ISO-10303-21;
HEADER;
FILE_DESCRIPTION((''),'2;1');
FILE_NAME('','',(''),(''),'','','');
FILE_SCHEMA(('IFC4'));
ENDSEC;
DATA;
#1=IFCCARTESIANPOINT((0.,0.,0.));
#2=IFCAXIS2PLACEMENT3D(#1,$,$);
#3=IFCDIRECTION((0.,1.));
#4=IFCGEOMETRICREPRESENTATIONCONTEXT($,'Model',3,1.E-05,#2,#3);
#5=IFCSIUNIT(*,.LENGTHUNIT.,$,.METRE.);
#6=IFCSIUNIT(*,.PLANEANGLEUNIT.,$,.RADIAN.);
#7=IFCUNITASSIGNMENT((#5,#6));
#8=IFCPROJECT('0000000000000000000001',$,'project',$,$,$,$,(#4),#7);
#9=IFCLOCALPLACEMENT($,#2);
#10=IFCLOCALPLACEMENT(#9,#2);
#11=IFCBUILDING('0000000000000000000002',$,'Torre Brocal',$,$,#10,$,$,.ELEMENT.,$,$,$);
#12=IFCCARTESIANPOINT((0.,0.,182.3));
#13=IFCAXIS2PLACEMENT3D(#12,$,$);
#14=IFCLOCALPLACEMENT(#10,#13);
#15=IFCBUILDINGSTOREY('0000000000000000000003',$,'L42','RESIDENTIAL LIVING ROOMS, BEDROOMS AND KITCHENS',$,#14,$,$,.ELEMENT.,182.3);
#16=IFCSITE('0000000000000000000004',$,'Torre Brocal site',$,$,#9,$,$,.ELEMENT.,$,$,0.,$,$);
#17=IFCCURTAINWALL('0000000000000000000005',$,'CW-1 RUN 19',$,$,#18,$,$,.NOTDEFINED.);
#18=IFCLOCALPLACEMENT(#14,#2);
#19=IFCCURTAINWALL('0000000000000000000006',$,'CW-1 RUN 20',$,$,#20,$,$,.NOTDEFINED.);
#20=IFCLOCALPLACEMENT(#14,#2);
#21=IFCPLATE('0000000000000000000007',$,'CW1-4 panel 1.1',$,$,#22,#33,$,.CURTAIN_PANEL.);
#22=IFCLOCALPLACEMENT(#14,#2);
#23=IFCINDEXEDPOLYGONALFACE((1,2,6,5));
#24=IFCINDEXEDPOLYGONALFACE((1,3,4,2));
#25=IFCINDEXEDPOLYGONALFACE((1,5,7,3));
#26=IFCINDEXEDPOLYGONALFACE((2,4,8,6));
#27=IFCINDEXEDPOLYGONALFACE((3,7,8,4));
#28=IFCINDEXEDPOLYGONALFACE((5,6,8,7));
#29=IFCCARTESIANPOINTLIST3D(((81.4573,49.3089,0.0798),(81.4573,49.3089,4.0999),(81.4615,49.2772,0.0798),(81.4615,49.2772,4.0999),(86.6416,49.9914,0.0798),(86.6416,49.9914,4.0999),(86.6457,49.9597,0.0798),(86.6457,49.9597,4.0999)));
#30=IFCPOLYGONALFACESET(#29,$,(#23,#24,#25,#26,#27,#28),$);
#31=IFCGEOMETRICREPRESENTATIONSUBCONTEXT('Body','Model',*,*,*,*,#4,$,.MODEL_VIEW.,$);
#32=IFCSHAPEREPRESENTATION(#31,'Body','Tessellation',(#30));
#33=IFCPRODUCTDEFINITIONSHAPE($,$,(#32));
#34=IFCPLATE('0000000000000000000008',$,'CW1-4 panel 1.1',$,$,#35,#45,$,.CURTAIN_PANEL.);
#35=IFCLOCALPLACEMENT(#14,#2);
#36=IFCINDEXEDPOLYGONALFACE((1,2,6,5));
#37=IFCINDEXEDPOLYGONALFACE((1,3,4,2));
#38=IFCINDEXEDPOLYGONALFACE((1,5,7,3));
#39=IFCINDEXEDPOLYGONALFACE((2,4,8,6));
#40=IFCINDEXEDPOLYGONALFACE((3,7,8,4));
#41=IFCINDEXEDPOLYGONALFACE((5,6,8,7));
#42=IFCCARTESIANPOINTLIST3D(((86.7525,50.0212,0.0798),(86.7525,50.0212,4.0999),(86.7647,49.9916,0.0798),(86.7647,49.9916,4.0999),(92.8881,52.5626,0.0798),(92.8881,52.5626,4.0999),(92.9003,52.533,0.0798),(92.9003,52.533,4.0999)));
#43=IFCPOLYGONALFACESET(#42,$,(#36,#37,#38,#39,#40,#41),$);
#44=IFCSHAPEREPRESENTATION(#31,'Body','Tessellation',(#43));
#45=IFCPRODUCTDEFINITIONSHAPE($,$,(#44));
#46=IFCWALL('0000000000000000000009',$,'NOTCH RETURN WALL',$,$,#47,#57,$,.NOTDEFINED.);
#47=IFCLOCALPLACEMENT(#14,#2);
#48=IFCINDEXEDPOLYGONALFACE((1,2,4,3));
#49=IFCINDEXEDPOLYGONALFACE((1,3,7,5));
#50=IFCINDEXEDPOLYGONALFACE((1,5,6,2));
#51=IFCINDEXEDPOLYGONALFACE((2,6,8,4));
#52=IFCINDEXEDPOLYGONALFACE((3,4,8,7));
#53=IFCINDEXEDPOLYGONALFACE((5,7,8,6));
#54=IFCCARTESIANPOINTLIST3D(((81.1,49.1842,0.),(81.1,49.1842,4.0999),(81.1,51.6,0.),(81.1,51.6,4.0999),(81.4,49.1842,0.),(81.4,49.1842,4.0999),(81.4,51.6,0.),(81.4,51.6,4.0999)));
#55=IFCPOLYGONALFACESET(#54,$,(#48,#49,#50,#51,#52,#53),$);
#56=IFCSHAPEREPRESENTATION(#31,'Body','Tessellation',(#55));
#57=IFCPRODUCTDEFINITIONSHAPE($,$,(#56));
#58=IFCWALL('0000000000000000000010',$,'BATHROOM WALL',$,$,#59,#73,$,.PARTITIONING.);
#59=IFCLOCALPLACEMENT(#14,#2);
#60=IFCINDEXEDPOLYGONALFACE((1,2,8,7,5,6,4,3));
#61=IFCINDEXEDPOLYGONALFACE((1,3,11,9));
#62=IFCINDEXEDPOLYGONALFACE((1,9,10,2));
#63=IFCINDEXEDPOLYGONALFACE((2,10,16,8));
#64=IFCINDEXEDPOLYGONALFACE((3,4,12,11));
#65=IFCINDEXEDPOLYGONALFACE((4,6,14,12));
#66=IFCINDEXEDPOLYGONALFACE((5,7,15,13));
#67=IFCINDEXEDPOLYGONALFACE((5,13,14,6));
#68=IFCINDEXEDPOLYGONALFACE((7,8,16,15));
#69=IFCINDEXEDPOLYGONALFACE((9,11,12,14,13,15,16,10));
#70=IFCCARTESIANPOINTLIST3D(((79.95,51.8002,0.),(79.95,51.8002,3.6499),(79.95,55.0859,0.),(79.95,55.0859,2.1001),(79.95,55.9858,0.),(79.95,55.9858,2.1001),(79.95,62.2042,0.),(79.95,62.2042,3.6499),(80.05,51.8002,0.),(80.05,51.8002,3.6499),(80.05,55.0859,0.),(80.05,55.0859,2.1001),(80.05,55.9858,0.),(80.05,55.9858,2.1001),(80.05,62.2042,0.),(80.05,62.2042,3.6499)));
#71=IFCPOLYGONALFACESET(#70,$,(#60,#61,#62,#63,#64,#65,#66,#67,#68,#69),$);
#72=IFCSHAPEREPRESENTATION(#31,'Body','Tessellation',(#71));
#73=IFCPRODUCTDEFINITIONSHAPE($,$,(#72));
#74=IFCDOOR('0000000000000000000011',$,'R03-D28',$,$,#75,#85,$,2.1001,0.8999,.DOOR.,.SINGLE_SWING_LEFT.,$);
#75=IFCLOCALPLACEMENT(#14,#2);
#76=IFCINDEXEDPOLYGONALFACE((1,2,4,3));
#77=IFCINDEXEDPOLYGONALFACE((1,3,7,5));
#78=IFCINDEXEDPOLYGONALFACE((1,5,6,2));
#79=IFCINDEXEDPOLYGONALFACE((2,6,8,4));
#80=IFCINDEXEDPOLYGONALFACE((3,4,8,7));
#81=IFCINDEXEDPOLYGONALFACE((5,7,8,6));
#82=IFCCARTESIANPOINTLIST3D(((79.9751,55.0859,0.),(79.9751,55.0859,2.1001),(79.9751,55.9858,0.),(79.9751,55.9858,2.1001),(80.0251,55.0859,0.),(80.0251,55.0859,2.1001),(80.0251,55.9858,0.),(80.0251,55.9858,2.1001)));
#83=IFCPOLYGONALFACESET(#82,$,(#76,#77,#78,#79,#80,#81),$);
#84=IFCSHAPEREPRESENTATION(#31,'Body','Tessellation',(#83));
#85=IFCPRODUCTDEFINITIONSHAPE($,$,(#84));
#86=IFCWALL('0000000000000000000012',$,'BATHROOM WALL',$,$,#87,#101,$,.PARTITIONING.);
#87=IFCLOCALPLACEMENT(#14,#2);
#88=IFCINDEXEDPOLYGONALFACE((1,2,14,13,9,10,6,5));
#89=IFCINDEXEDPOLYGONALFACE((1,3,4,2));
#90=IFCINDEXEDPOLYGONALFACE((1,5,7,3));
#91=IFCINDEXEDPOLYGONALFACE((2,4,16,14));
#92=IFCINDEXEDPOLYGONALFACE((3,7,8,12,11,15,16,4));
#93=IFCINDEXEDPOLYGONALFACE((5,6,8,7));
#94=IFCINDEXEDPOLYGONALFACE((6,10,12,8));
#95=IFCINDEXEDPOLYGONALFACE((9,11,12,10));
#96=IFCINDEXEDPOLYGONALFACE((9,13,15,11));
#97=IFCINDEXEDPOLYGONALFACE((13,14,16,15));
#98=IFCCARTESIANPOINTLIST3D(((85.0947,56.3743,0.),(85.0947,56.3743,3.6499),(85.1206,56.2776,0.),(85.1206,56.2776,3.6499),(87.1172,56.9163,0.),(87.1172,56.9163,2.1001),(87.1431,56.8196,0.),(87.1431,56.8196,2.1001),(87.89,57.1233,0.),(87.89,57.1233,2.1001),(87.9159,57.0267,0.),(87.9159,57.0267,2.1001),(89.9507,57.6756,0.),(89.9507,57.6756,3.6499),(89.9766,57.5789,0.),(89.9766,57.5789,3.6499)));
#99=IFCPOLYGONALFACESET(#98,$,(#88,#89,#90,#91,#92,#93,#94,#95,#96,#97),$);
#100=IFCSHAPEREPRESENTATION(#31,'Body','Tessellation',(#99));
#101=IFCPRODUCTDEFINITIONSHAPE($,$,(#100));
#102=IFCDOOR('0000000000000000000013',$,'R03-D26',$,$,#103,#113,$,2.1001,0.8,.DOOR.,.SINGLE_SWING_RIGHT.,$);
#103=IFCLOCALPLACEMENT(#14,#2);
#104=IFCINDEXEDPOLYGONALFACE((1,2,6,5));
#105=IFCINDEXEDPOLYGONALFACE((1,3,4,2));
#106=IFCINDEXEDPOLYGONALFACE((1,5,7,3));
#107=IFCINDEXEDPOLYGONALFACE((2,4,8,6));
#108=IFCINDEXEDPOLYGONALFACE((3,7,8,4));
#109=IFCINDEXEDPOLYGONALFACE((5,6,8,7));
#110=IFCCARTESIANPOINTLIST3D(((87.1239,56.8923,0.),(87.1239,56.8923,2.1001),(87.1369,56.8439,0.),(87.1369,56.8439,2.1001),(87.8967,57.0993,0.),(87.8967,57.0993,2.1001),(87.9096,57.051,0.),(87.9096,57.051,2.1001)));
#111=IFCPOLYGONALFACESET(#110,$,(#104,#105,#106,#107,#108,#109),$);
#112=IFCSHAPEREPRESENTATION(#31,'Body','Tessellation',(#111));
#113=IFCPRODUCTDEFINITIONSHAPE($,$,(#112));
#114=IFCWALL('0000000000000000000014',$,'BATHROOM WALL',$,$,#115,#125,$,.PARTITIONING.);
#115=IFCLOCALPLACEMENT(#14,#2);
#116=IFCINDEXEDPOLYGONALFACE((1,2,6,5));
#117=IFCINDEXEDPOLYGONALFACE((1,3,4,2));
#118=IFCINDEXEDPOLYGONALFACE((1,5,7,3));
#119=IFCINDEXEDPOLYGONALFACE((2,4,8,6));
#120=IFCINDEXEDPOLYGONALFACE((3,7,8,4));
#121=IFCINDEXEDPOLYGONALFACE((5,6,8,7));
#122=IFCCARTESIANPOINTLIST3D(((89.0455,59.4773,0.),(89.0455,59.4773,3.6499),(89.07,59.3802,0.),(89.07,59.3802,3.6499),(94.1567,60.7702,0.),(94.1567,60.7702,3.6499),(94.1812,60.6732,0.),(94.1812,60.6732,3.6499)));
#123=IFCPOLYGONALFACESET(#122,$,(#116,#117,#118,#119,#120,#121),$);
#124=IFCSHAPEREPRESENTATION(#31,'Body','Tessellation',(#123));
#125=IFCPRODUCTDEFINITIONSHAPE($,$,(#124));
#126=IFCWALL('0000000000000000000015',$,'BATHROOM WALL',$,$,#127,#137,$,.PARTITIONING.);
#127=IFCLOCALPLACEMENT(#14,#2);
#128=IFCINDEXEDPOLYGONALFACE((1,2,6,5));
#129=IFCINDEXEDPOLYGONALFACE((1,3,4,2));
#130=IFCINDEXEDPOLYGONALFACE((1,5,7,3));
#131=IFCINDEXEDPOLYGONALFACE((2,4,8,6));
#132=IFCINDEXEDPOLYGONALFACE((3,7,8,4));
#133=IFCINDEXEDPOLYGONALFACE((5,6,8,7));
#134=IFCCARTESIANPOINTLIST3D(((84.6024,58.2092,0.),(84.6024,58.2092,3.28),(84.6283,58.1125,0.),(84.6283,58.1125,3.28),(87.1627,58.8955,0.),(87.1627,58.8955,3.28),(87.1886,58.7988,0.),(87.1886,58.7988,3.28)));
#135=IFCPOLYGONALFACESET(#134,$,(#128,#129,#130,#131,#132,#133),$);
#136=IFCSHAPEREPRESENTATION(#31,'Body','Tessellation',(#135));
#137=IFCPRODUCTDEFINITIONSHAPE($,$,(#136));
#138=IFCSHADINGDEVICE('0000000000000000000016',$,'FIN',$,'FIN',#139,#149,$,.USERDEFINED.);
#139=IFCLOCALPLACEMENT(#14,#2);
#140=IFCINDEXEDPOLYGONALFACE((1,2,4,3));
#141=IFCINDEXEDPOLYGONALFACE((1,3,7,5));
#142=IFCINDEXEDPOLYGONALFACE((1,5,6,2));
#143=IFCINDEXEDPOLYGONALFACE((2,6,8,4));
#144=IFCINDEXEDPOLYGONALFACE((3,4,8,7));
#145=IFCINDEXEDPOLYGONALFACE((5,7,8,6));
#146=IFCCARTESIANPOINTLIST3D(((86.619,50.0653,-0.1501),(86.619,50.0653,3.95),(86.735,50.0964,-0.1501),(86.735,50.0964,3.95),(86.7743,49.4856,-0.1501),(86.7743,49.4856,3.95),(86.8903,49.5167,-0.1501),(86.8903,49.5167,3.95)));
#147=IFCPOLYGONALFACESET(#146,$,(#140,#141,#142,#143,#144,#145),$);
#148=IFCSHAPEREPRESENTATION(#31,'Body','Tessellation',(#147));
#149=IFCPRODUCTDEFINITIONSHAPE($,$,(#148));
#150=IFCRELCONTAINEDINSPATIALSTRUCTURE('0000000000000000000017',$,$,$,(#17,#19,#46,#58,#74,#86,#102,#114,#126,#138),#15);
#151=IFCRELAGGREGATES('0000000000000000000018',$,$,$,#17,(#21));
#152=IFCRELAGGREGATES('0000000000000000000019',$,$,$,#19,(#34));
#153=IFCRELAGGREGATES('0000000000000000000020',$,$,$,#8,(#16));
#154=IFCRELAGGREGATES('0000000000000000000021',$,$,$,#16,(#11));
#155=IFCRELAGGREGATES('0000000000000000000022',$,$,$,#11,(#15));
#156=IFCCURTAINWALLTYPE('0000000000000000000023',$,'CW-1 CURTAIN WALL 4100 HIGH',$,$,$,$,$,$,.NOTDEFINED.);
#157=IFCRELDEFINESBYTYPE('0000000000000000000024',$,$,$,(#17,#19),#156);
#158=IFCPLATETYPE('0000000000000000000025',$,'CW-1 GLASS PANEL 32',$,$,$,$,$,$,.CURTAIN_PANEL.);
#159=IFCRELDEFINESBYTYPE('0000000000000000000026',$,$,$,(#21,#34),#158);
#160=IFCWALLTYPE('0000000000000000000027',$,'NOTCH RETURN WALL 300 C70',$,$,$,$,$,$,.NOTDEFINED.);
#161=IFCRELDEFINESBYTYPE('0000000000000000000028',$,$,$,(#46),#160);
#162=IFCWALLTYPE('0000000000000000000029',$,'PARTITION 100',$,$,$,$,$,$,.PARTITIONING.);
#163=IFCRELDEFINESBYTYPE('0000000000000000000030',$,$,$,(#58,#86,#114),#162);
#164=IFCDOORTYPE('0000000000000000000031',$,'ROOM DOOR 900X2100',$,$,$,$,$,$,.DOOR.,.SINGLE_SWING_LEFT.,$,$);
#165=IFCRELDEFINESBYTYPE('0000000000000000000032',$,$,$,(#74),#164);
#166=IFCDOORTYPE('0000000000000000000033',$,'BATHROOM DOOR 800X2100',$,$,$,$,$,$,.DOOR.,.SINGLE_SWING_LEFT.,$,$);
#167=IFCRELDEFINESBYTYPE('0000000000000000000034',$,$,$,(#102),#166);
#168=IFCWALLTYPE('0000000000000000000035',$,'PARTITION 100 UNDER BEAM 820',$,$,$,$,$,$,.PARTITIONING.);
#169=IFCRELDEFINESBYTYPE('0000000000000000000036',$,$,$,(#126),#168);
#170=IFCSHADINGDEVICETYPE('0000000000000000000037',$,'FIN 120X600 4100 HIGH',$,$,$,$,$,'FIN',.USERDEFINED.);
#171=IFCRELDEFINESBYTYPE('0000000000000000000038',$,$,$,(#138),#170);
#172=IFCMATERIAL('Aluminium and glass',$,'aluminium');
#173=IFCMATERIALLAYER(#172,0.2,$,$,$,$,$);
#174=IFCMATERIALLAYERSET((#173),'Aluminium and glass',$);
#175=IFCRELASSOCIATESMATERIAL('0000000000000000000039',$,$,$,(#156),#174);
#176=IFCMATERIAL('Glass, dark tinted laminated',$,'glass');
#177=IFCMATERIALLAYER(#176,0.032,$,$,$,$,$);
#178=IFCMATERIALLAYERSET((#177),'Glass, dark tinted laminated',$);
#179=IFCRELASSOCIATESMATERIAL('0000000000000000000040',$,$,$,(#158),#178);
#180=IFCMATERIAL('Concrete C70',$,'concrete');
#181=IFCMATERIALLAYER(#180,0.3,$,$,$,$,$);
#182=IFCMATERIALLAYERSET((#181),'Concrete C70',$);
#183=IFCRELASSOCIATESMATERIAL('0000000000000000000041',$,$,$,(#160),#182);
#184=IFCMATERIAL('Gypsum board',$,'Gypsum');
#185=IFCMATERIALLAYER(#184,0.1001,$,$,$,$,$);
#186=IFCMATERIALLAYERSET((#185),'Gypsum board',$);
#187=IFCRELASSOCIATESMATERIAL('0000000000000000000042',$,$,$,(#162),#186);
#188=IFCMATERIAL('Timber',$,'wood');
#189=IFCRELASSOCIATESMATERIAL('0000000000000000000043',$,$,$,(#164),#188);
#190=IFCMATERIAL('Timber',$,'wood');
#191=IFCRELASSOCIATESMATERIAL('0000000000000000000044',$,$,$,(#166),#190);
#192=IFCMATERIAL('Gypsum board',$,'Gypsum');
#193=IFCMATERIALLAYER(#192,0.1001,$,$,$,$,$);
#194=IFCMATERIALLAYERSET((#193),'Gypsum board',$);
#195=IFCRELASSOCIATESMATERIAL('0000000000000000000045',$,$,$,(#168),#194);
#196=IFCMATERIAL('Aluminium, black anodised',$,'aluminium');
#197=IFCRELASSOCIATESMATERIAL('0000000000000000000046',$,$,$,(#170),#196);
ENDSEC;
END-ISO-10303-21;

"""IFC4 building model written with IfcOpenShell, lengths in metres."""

from ifc_helpers import new_model, si_unit, direction, frame, frame_2d, origin, origin_2d, place, context, subcontext, project, spatial, rectangle, extrude, material, layer, layer_set, material_profile, profile_set, type_object, element, fill, aggregate, save


model = new_model("IFC4")

# Units and contexts
model_context = context("Model", 3, precision=1e-05, world=origin(), true_north=direction((0.0, 1.0)))
body_context = subcontext(model_context, "Body", "Model", "MODEL_VIEW")
ifc_project = project(units=[si_unit("LENGTHUNIT", "METRE"), si_unit("PLANEANGLEUNIT", "RADIAN")], contexts=[model_context])

# Site, building, storey
site_placement = place(None, origin())
site = spatial("IfcSite", under=ifc_project, at=site_placement, Name="Torre Brocal site", CompositionType="ELEMENT", RefElevation=0.0)
building_placement = place(site_placement, origin())
building = spatial("IfcBuilding", under=site, at=building_placement, Name="Torre Brocal", CompositionType="ELEMENT")
storey_placement = place(building_placement, frame((0.0, 0.0, 182.3)))
storey = spatial("IfcBuildingStorey", under=building, at=storey_placement, Name="L42", Description="RESIDENTIAL LIVING ROOMS, BEDROOMS AND KITCHENS", CompositionType="ELEMENT", Elevation=182.3)

# Curtain wall
ifc_material_1 = material(Name="Aluminium and glass", Category="aluminium")
ifc_layer_1 = layer(ifc_material_1, 0.2)
ifc_layer_set_1 = layer_set([ifc_layer_1], Name="Aluminium and glass")
curtain_wall_type = type_object("IfcCurtainWallType", Name="CW-1 CURTAIN WALL 4100 HIGH", PredefinedType="NOTDEFINED", material=ifc_layer_set_1)
curtain_wall_1_placement = place(storey_placement, origin())
curtain_wall_1 = element("IfcCurtainWall", 1, at=curtain_wall_1_placement, inside=storey, type_object=curtain_wall_type, Name="CW-1 RUN 19", PredefinedType="NOTDEFINED")

# Curtain wall
curtain_wall_2_placement = place(storey_placement, origin())
curtain_wall_2 = element("IfcCurtainWall", 2, at=curtain_wall_2_placement, inside=storey, type_object=curtain_wall_type, Name="CW-1 RUN 20", PredefinedType="NOTDEFINED")

# Plates
ifc_material_2 = material(Name="Glass, dark tinted laminated", Category="glass")
ifc_layer_2 = layer(ifc_material_2, 0.032)
ifc_layer_set_2 = layer_set([ifc_layer_2], Name="Glass, dark tinted laminated")
plate_type = type_object("IfcPlateType", Name="CW-1 GLASS PANEL 32", PredefinedType="CURTAIN_PANEL", material=ifc_layer_set_2)
plate_1_placement = place(storey_placement, frame((84.0515, 49.6343, 0.0798), z_axis=(0.0, 0.0, 1.0), x_axis=(0.991445, 0.130526, 0.0)))
plate_1 = element("IfcPlate", 3, at=plate_1_placement, type_object=plate_type, Name="CW1-4 panel 1.1", PredefinedType="CURTAIN_PANEL", context=body_context, shape_type="SweptSolid", body=[
    extrude(rectangle(XDim=5.229, YDim=0.032, at=origin_2d()), origin(), (0.0, 0.0, 1.0), 4.02),
])
aggregate(curtain_wall_1, [plate_1])
plate_2_placement = place(storey_placement, frame((89.8264, 51.2771, 0.0798), z_axis=(0.0, 0.0, 1.0), x_axis=(0.92388, 0.382683, 0.0)))
plate_2 = element("IfcPlate", 4, at=plate_2_placement, type_object=plate_type, Name="CW1-4 panel 1.1", PredefinedType="CURTAIN_PANEL", context=body_context, shape_type="SweptSolid", body=[
    extrude(rectangle(XDim=6.6411, YDim=0.032, at=origin_2d()), origin(), (0.0, 0.0, 1.0), 4.02),
])
aggregate(curtain_wall_2, [plate_2])

# Wall
ifc_material_3 = material(Name="Concrete C70", Category="concrete")
ifc_layer_3 = layer(ifc_material_3, 0.3)
ifc_layer_set_3 = layer_set([ifc_layer_3], Name="Concrete C70")
wall_type_1 = type_object("IfcWallType", Name="NOTCH RETURN WALL 300 C70", PredefinedType="NOTDEFINED", material=ifc_layer_set_3)
wall_1_placement = place(storey_placement, frame((81.25, 51.6001, 0.0), z_axis=(0.0, 0.0, 1.0), x_axis=(0.0, -1.0, 0.0)))
element("IfcWall", 5, at=wall_1_placement, inside=storey, type_object=wall_type_1, Name="NOTCH RETURN WALL", PredefinedType="NOTDEFINED", context=body_context, shape_type="SweptSolid", body=[
    extrude(rectangle(XDim=2.4158, YDim=0.3, at=frame_2d((1.208, 0.0))), origin(), (0.0, 0.0, 1.0), 4.0999),
])

# Walls, openings, doors
ifc_material_4 = material(Name="Gypsum board", Category="Gypsum")
ifc_layer_4 = layer(ifc_material_4, 0.1001)
ifc_layer_set_4 = layer_set([ifc_layer_4], Name="Gypsum board")
wall_type_2 = type_object("IfcWallType", Name="PARTITION 100", PredefinedType="PARTITIONING", material=ifc_layer_set_4)
wall_2_placement = place(storey_placement, frame((80.0, 51.8, 0.0), z_axis=(0.0, 0.0, 1.0), x_axis=(0.0, 1.0, 0.0)))
wall_2 = element("IfcWall", 6, at=wall_2_placement, inside=storey, type_object=wall_type_2, Name="BATHROOM WALL", PredefinedType="PARTITIONING", context=body_context, shape_type="SweptSolid", body=[
    extrude(rectangle(XDim=10.4041, YDim=0.1001, at=frame_2d((5.2021, 0.0))), origin(), (0.0, 0.0, 1.0), 3.6499),
])
opening_1_placement = place(wall_2_placement, frame((3.2859, 0.0, 0.0)))
opening_1 = element("IfcOpeningElement", 7, at=opening_1_placement, cuts=wall_2, PredefinedType="OPENING", context=body_context, shape_type="SweptSolid", body=[
    extrude(rectangle(XDim=0.8999, YDim=2.1001, at=frame_2d((0.45, 1.05))), frame((0.0, 0.0601, 0.0), z_axis=(0.0, -1.0, 0.0), x_axis=(1.0, 0.0, 0.0)), (0.0, 0.0, 1.0), 0.1201),
])
ifc_material_5 = material(Name="Timber", Category="wood")
door_type_1 = type_object("IfcDoorType", Name="ROOM DOOR 900X2100", OperationType="SINGLE_SWING_LEFT", PredefinedType="DOOR", material=ifc_material_5)
door_1_placement = place(opening_1_placement, origin())
door_1 = element("IfcDoor", 8, at=door_1_placement, inside=storey, type_object=door_type_1, Name="R03-D28", OperationType="SINGLE_SWING_LEFT", OverallHeight=2.1001, OverallWidth=0.8999, PredefinedType="DOOR", context=body_context, shape_type="SweptSolid", body=[
    extrude(rectangle(XDim=0.8999, YDim=2.1001, at=frame_2d((0.45, 1.05))), frame((0.0, 0.0249, 0.0), z_axis=(0.0, -1.0, 0.0), x_axis=(1.0, 0.0, 0.0)), (0.0, 0.0, 1.0), 0.05),
])
fill(opening_1, door_1)
wall_3_placement = place(storey_placement, frame((85.1077, 56.3259, 0.0), z_axis=(0.0, 0.0, 1.0), x_axis=(0.96592, 0.258841, 0.0)))
wall_3 = element("IfcWall", 9, at=wall_3_placement, inside=storey, type_object=wall_type_2, Name="BATHROOM WALL", PredefinedType="PARTITIONING", context=body_context, shape_type="SweptSolid", body=[
    extrude(rectangle(XDim=5.0273, YDim=0.1001, at=frame_2d((2.5137, 0.0))), origin(), (0.0, 0.0, 1.0), 3.6499),
])
opening_2_placement = place(wall_3_placement, frame((2.094, 0.0, 0.0)))
opening_2 = element("IfcOpeningElement", 10, at=opening_2_placement, cuts=wall_3, PredefinedType="OPENING", context=body_context, shape_type="SweptSolid", body=[
    extrude(rectangle(XDim=0.8, YDim=2.1001, at=frame_2d((0.3999, 1.05))), frame((0.0, 0.0601, 0.0), z_axis=(0.0, -1.0, 0.0), x_axis=(1.0, 0.0, 0.0)), (0.0, 0.0, 1.0), 0.1201),
])
ifc_material_6 = material(Name="Timber", Category="wood")
door_type_2 = type_object("IfcDoorType", Name="BATHROOM DOOR 800X2100", OperationType="SINGLE_SWING_LEFT", PredefinedType="DOOR", material=ifc_material_6)
door_2_placement = place(opening_2_placement, frame((0.8, 0.0, 0.0), z_axis=(0.0, 0.0, 1.0), x_axis=(-1.0, 0.0, 0.0)))
door_2 = element("IfcDoor", 11, at=door_2_placement, inside=storey, type_object=door_type_2, Name="R03-D26", OperationType="SINGLE_SWING_RIGHT", OverallHeight=2.1001, OverallWidth=0.8, PredefinedType="DOOR", context=body_context, shape_type="SweptSolid", body=[
    extrude(rectangle(XDim=0.8, YDim=2.1001, at=frame_2d((0.3999, 1.05))), frame((0.0, 0.0249, 0.0), z_axis=(0.0, -1.0, 0.0), x_axis=(1.0, 0.0, 0.0)), (0.0, 0.0, 1.0), 0.05),
])
fill(opening_2, door_2)

# Walls
wall_4_placement = place(storey_placement, frame((89.0576, 59.4287, 0.0), z_axis=(0.0, 0.0, 1.0), x_axis=(0.969463, 0.245237, 0.0)))
element("IfcWall", 12, at=wall_4_placement, inside=storey, type_object=wall_type_2, Name="BATHROOM WALL", PredefinedType="PARTITIONING", context=body_context, shape_type="SweptSolid", body=[
    extrude(rectangle(XDim=5.2722, YDim=0.1001, at=frame_2d((2.6362, 0.0))), origin(), (0.0, 0.0, 1.0), 3.6499),
])
ifc_material_7 = material(Name="Gypsum board", Category="Gypsum")
ifc_layer_5 = layer(ifc_material_7, 0.1001)
ifc_layer_set_5 = layer_set([ifc_layer_5], Name="Gypsum board")
wall_type_3 = type_object("IfcWallType", Name="PARTITION 100 UNDER BEAM 820", PredefinedType="PARTITIONING", material=ifc_layer_set_5)
wall_5_placement = place(storey_placement, frame((84.6155, 58.1609, 0.0), z_axis=(0.0, 0.0, 1.0), x_axis=(0.965902, 0.258906, 0.0)))
element("IfcWall", 13, at=wall_5_placement, inside=storey, type_object=wall_type_3, Name="BATHROOM WALL", PredefinedType="PARTITIONING", context=body_context, shape_type="SweptSolid", body=[
    extrude(rectangle(XDim=2.6506, YDim=0.1001, at=frame_2d((1.3252, 0.0))), origin(), (0.0, 0.0, 1.0), 3.28),
])

# Shading device
ifc_material_8 = material(Name="Aluminium, black anodised", Category="aluminium")
ifc_material_profile_1 = material_profile(ifc_material_8, rectangle(XDim=0.1201, YDim=0.6001, at=origin_2d()), Name="FIN 120X600 4100 HIGH")
ifc_profile_set_1 = profile_set([ifc_material_profile_1], Name="Aluminium, black anodised")
shading_device_type = type_object("IfcShadingDeviceType", Name="FIN 120X600 4100 HIGH", ElementType="FIN", PredefinedType="USERDEFINED", material=ifc_profile_set_1)
shading_device_placement = place(storey_placement, frame((86.7546, 49.791, -0.1501), z_axis=(0.0, 0.0, 1.0), x_axis=(0.965926, 0.258819, 0.0)))
element("IfcShadingDevice", 14, at=shading_device_placement, inside=storey, type_object=shading_device_type, Name="FIN", ObjectType="FIN", PredefinedType="USERDEFINED", context=body_context, shape_type="SweptSolid", body=[
    extrude(rectangle(XDim=0.1201, YDim=0.6001, at=origin_2d()), origin(), (0.0, 0.0, 1.0), 4.1001),
])

save(model, "model.ifc")
